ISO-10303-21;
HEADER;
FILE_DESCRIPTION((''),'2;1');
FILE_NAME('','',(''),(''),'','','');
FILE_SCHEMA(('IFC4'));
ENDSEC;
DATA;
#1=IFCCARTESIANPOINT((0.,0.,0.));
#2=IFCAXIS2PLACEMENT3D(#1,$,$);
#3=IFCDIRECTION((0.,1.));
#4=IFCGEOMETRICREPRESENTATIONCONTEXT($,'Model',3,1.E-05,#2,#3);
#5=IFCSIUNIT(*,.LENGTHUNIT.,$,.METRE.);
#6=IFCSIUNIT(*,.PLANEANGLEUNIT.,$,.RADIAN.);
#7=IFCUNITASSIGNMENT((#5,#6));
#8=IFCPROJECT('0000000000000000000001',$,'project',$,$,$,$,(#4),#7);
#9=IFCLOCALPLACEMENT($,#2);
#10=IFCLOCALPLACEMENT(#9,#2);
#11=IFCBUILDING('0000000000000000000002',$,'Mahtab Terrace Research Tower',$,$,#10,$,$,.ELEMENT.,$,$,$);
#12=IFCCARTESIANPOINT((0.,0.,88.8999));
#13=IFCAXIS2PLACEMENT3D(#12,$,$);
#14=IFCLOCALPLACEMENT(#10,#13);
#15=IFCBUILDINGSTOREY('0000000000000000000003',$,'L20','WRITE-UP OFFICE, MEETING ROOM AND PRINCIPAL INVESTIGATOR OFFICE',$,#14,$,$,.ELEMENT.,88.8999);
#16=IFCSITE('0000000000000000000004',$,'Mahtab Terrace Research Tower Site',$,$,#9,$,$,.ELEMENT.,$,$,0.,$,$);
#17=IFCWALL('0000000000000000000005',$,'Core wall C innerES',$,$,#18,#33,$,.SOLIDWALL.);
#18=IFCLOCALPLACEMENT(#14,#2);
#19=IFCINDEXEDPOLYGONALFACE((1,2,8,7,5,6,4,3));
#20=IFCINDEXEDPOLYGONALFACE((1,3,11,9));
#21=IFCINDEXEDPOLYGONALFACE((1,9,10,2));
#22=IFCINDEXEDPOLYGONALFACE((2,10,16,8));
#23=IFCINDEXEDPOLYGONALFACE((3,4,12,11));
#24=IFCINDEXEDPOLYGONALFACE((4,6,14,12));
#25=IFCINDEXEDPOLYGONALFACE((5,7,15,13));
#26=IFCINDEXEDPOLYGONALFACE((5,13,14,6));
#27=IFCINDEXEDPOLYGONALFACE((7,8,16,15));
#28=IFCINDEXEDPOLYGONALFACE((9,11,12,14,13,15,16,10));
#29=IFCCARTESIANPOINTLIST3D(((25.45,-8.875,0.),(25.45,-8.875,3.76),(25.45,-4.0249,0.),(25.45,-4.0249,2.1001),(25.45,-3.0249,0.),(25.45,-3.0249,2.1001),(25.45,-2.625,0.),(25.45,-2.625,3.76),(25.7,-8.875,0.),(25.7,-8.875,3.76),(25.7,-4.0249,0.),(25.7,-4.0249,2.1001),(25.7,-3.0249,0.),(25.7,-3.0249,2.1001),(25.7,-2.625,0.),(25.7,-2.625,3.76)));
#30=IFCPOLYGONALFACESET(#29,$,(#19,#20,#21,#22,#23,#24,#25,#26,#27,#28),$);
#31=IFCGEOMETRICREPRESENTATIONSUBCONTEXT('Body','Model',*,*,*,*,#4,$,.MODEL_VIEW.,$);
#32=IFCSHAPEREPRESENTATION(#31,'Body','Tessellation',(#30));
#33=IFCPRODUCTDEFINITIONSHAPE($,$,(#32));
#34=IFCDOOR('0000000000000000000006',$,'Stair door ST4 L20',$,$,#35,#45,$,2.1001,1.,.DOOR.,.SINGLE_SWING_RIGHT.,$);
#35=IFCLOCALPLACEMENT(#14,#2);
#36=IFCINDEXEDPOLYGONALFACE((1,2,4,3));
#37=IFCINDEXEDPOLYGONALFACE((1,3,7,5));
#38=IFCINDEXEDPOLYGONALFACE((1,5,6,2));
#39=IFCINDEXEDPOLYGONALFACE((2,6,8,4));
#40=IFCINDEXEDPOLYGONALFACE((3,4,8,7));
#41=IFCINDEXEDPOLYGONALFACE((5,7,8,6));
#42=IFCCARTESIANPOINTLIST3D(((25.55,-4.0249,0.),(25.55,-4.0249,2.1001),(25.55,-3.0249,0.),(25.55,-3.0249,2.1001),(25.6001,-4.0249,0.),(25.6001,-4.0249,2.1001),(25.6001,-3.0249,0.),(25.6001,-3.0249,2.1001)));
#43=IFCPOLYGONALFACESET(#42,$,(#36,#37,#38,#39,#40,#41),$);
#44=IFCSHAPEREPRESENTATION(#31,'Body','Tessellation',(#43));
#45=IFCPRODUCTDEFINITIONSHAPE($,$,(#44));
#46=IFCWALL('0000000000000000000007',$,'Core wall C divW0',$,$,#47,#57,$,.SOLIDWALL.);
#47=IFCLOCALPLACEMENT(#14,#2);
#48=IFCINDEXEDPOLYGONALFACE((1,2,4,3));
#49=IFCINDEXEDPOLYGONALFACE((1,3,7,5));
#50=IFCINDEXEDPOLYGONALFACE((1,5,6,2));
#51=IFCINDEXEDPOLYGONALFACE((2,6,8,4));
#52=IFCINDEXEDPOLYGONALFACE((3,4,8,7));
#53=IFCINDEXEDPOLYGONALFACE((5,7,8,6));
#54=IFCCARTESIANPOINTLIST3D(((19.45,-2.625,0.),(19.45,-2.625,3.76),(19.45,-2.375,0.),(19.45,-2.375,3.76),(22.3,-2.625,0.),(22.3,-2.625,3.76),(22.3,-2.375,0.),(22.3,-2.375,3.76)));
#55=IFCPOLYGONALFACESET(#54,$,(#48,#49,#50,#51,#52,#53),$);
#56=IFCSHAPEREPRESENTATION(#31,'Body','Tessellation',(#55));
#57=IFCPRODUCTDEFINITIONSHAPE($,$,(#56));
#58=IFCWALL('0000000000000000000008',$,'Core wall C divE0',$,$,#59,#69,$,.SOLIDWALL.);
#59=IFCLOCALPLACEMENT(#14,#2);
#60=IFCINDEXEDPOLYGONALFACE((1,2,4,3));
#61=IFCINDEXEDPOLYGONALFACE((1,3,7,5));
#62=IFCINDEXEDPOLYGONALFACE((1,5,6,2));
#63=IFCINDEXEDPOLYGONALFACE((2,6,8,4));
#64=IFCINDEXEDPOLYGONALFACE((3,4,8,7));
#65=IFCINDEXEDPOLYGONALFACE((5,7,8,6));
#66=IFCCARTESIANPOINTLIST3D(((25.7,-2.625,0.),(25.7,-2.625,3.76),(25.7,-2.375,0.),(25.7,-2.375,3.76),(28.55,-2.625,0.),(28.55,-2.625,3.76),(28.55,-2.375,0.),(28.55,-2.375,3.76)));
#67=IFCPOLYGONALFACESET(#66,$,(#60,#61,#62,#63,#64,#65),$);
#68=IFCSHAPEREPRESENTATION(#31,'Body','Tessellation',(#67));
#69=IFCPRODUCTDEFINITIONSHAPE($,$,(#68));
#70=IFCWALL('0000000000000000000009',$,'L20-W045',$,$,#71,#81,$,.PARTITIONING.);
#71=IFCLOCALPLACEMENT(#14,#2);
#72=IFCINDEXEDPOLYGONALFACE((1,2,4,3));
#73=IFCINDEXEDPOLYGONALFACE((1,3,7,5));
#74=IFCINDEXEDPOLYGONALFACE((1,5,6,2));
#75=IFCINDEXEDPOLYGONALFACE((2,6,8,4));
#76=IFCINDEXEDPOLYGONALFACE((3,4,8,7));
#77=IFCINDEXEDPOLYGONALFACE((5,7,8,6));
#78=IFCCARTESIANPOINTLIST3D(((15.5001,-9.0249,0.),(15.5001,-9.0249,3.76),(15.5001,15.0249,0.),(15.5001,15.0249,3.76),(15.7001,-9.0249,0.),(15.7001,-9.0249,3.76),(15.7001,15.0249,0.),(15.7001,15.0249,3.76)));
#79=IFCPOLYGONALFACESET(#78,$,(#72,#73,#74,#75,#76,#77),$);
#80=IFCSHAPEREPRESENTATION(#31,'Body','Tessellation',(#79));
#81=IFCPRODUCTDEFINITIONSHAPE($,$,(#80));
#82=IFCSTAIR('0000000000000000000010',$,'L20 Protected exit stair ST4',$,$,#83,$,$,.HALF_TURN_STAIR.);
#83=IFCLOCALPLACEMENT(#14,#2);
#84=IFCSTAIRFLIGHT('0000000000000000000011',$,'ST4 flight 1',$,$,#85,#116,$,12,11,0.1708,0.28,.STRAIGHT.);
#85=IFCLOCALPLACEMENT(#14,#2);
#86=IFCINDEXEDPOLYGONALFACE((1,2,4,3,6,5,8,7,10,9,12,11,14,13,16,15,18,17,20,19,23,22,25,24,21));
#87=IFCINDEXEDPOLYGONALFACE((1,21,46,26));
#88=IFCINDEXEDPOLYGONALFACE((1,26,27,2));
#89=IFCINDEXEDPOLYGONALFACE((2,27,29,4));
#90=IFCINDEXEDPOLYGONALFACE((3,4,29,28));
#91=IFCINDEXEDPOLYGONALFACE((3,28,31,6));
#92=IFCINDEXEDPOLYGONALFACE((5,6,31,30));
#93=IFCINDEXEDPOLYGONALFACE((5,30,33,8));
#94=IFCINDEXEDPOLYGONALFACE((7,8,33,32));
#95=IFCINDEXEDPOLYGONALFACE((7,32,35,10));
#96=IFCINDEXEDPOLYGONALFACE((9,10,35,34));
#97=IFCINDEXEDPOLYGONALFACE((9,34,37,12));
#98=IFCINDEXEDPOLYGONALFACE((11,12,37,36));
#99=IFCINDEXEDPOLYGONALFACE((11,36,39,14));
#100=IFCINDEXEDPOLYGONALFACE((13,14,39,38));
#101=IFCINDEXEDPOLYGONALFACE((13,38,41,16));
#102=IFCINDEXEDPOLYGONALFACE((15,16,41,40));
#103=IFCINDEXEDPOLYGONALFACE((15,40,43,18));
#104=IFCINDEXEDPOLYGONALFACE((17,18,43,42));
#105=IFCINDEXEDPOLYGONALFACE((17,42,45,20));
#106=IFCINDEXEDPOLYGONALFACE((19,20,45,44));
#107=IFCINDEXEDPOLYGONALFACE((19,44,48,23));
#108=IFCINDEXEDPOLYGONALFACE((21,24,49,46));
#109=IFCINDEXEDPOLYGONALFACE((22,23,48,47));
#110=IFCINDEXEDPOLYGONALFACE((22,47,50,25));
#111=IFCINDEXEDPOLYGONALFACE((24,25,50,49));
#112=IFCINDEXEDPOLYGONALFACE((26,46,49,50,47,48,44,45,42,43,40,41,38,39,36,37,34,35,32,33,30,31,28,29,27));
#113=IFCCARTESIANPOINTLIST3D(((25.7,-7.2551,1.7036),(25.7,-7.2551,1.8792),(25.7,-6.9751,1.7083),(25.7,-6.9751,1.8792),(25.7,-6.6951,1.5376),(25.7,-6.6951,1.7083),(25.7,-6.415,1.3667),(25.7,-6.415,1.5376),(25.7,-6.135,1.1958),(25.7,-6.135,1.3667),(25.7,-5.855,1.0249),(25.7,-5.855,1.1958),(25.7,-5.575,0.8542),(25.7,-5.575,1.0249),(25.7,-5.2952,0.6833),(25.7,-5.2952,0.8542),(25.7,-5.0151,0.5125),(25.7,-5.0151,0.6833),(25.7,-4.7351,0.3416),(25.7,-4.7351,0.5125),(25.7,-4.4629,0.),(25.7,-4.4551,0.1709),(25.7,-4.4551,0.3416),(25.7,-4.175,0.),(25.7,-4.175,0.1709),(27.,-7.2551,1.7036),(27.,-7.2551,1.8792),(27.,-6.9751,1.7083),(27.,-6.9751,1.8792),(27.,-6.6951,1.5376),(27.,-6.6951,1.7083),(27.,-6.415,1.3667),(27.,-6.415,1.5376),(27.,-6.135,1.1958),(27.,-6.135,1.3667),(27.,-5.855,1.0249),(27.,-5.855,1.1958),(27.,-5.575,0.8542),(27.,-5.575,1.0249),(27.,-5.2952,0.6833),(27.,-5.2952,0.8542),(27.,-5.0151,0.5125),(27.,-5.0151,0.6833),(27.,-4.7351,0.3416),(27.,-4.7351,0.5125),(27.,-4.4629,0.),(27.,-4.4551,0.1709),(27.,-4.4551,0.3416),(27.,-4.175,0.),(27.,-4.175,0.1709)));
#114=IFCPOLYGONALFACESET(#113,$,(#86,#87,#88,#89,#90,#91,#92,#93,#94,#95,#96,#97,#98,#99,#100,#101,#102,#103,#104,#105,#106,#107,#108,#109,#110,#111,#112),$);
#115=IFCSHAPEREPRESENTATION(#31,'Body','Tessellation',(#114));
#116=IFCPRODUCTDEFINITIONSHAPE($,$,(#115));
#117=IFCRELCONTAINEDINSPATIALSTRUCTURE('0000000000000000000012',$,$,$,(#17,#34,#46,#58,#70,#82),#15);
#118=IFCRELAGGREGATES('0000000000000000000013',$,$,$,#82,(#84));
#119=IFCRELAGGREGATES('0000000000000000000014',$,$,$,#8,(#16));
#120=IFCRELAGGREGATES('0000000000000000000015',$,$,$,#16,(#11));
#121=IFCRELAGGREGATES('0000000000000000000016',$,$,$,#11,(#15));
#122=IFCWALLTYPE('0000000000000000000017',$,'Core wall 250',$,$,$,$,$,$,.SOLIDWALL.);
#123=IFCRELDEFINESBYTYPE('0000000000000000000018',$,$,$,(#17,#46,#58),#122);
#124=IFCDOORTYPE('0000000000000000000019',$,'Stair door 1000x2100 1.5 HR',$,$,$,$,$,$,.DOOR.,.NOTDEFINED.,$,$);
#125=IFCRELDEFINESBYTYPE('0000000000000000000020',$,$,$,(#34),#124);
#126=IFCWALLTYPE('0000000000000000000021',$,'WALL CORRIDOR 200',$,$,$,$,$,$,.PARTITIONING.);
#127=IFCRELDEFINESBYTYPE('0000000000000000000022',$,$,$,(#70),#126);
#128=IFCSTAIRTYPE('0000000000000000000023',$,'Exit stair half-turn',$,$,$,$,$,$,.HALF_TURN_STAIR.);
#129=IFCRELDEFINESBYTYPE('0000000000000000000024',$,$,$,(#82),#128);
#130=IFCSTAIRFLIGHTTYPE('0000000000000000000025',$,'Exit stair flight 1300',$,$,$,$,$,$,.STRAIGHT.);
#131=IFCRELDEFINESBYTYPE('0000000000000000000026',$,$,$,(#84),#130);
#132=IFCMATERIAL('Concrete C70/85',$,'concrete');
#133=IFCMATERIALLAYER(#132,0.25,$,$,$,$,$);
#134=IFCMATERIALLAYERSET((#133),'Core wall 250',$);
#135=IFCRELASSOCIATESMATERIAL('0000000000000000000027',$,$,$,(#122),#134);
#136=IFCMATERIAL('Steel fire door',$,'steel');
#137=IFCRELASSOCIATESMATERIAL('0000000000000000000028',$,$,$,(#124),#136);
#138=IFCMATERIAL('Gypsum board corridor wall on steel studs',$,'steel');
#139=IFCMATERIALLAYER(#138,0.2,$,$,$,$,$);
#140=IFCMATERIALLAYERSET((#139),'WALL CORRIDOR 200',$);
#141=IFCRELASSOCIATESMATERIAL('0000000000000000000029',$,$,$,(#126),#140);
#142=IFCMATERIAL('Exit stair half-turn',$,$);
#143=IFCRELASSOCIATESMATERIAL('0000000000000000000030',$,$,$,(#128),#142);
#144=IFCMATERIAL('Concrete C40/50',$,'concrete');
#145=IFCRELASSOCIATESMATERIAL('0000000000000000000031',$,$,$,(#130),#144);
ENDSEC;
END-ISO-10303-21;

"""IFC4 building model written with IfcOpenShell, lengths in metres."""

from ifc_helpers import new_model, si_unit, direction, frame, frame_2d, origin, place, context, subcontext, project, spatial, polyline, rectangle, outline, extrude, material, layer, layer_set, type_object, element, fill, aggregate, save


model = new_model("IFC4")

# Units and contexts
model_context = context("Model", 3, precision=1e-05, world=origin(), true_north=direction((0.0, 1.0)))
body_context = subcontext(model_context, "Body", "Model", "MODEL_VIEW")
ifc_project = project(units=[si_unit("LENGTHUNIT", "METRE"), si_unit("PLANEANGLEUNIT", "RADIAN")], contexts=[model_context])

# Site, building, storey
site_placement = place(None, origin())
site = spatial("IfcSite", under=ifc_project, at=site_placement, Name="Mahtab Terrace Research Tower Site", CompositionType="ELEMENT", RefElevation=0.0)
building_placement = place(site_placement, origin())
building = spatial("IfcBuilding", under=site, at=building_placement, Name="Mahtab Terrace Research Tower", CompositionType="ELEMENT")
storey_placement = place(building_placement, frame((0.0, 0.0, 88.8999)))
storey = spatial("IfcBuildingStorey", under=building, at=storey_placement, Name="L20", Description="WRITE-UP OFFICE, MEETING ROOM AND PRINCIPAL INVESTIGATOR OFFICE", CompositionType="ELEMENT", Elevation=88.8999)

# Shared definitions
ifc_material_1 = material(Name="Concrete C70/85", Category="concrete")
ifc_layer_1 = layer(ifc_material_1, 0.25)
ifc_layer_set_1 = layer_set([ifc_layer_1], Name="Core wall 250")
wall_type_1 = type_object("IfcWallType", Name="Core wall 250", PredefinedType="SOLIDWALL", material=ifc_layer_set_1)
ifc_material_2 = material(Name="Steel fire door", Category="steel")

# Wall, opening, door
wall_1_placement = place(storey_placement, frame((25.575, -8.875, 0.0), z_axis=(0.0, 0.0, 1.0), x_axis=(0.0, 1.0, 0.0)))
wall_1 = element("IfcWall", 1, at=wall_1_placement, inside=storey, type_object=wall_type_1, Name="Core wall C innerES", PredefinedType="SOLIDWALL", context=body_context, shape_type="SweptSolid", body=[
    extrude(rectangle(XDim=6.25, YDim=0.25, at=frame_2d((3.125, 0.0))), origin(), (0.0, 0.0, 1.0), 3.76),
])
opening_1_placement = place(wall_1_placement, frame((4.8501, 0.0, 0.0)))
opening_1 = element("IfcOpeningElement", 2, at=opening_1_placement, cuts=wall_1, PredefinedType="OPENING", context=body_context, shape_type="SweptSolid", body=[
    extrude(rectangle(XDim=1.0, YDim=2.1001, at=frame_2d((0.5, 1.05))), frame((0.0, 0.135, 0.0), z_axis=(0.0, -1.0, 0.0), x_axis=(1.0, 0.0, 0.0)), (0.0, 0.0, 1.0), 0.27),
])
door_type_1 = type_object("IfcDoorType", Name="Stair door 1000x2100 1.5 HR", OperationType="NOTDEFINED", PredefinedType="DOOR", material=ifc_material_2)
door_1_placement = place(opening_1_placement, origin())
door_1 = element("IfcDoor", 3, at=door_1_placement, inside=storey, type_object=door_type_1, Name="Stair door ST4 L20", OperationType="SINGLE_SWING_RIGHT", OverallHeight=2.1001, OverallWidth=1.0, PredefinedType="DOOR", context=body_context, shape_type="SweptSolid", body=[
    extrude(rectangle(XDim=1.0, YDim=2.1001, at=frame_2d((0.5, 1.05))), frame((0.0, 0.0249, 0.0), z_axis=(0.0, -1.0, 0.0), x_axis=(1.0, 0.0, 0.0)), (0.0, 0.0, 1.0), 0.05),
])
fill(opening_1, door_1)

# Walls
for number, where, z_axis, x_axis, name in (
    (4, (19.45, -2.5, 0.0), (0.0, 0.0, 1.0), (1.0, 0.0, 0.0), "Core wall C divW0"),
    (5, (25.7, -2.5, 0.0), (0.0, 0.0, 1.0), (1.0, 0.0, 0.0), "Core wall C divE0"),
):
    element("IfcWall", number, at=place(storey_placement, frame(where, z_axis=z_axis, x_axis=x_axis)), inside=storey, type_object=wall_type_1, Name=name, PredefinedType="SOLIDWALL", context=body_context, shape_type="SweptSolid", body=[
        extrude(rectangle(XDim=2.8501, YDim=0.25, at=frame_2d((1.425, 0.0))), origin(), (0.0, 0.0, 1.0), 3.76),
    ])
ifc_material_3 = material(Name="Gypsum board corridor wall on steel studs", Category="steel")
ifc_layer_2 = layer(ifc_material_3, 0.2)
ifc_layer_set_2 = layer_set([ifc_layer_2], Name="WALL CORRIDOR 200")
wall_type_2 = type_object("IfcWallType", Name="WALL CORRIDOR 200", PredefinedType="PARTITIONING", material=ifc_layer_set_2)
wall_2_placement = place(storey_placement, frame((15.6001, -9.0249, 0.0), z_axis=(0.0, 0.0, 1.0), x_axis=(0.0, 1.0, 0.0)))
element("IfcWall", 6, at=wall_2_placement, inside=storey, type_object=wall_type_2, Name="L20-W045", PredefinedType="PARTITIONING", context=body_context, shape_type="SweptSolid", body=[
    extrude(rectangle(XDim=24.0498, YDim=0.2, at=frame_2d((12.0249, 0.0))), origin(), (0.0, 0.0, 1.0), 3.76),
])

# Stair, stair flight
ifc_material_4 = material(Name="Exit stair half-turn")
stair_type = type_object("IfcStairType", Name="Exit stair half-turn", PredefinedType="HALF_TURN_STAIR", material=ifc_material_4)
stair_placement = place(storey_placement, origin())
stair = element("IfcStair", 7, at=stair_placement, inside=storey, type_object=stair_type, Name="L20 Protected exit stair ST4", PredefinedType="HALF_TURN_STAIR")
ifc_material_5 = material(Name="Concrete C40/50", Category="concrete")
stair_flight_type = type_object("IfcStairFlightType", Name="Exit stair flight 1300", PredefinedType="STRAIGHT", material=ifc_material_5)
stair_flight_placement = place(storey_placement, frame((26.3501, -4.175, 0.0), z_axis=(0.0, 0.0, 1.0), x_axis=(0.0, -1.0, 0.0)))
stair_flight = element("IfcStairFlight", 8, at=stair_flight_placement, type_object=stair_flight_type, Name="ST4 flight 1", NumberOfRisers=12, NumberOfTreads=11, PredefinedType="STRAIGHT", RiserHeight=0.1708, TreadLength=0.28, context=body_context, shape_type="SweptSolid", body=[
    extrude(outline(polyline([(0.0, 0.0), (0.0, 0.1709), (0.28, 0.1709), (0.28, 0.3416), (0.5601, 0.3416), (0.5601, 0.5125), (0.8401, 0.5125), (0.8401, 0.6833), (1.1201, 0.6833), (1.1201, 0.8542), (1.3999, 0.8542), (1.3999, 1.0249), (1.6799, 1.0249), (1.6799, 1.1958), (1.96, 1.1958), (1.96, 1.3667), (2.24, 1.3667), (2.24, 1.5376), (2.52, 1.5376), (2.52, 1.7083), (2.8, 1.7083), (2.8, 1.8792), (3.0801, 1.8792), (3.0801, 2.05), (3.0801, 1.7036), (0.2878, 0.0), (0.0, 0.0)])), frame((0.0, 0.6499, 0.0), z_axis=(0.0, -1.0, 0.0), x_axis=(1.0, 0.0, 0.0)), (0.0, 0.0, 1.0), 1.3),
])
aggregate(stair, [stair_flight])

save(model, "model.ifc")
